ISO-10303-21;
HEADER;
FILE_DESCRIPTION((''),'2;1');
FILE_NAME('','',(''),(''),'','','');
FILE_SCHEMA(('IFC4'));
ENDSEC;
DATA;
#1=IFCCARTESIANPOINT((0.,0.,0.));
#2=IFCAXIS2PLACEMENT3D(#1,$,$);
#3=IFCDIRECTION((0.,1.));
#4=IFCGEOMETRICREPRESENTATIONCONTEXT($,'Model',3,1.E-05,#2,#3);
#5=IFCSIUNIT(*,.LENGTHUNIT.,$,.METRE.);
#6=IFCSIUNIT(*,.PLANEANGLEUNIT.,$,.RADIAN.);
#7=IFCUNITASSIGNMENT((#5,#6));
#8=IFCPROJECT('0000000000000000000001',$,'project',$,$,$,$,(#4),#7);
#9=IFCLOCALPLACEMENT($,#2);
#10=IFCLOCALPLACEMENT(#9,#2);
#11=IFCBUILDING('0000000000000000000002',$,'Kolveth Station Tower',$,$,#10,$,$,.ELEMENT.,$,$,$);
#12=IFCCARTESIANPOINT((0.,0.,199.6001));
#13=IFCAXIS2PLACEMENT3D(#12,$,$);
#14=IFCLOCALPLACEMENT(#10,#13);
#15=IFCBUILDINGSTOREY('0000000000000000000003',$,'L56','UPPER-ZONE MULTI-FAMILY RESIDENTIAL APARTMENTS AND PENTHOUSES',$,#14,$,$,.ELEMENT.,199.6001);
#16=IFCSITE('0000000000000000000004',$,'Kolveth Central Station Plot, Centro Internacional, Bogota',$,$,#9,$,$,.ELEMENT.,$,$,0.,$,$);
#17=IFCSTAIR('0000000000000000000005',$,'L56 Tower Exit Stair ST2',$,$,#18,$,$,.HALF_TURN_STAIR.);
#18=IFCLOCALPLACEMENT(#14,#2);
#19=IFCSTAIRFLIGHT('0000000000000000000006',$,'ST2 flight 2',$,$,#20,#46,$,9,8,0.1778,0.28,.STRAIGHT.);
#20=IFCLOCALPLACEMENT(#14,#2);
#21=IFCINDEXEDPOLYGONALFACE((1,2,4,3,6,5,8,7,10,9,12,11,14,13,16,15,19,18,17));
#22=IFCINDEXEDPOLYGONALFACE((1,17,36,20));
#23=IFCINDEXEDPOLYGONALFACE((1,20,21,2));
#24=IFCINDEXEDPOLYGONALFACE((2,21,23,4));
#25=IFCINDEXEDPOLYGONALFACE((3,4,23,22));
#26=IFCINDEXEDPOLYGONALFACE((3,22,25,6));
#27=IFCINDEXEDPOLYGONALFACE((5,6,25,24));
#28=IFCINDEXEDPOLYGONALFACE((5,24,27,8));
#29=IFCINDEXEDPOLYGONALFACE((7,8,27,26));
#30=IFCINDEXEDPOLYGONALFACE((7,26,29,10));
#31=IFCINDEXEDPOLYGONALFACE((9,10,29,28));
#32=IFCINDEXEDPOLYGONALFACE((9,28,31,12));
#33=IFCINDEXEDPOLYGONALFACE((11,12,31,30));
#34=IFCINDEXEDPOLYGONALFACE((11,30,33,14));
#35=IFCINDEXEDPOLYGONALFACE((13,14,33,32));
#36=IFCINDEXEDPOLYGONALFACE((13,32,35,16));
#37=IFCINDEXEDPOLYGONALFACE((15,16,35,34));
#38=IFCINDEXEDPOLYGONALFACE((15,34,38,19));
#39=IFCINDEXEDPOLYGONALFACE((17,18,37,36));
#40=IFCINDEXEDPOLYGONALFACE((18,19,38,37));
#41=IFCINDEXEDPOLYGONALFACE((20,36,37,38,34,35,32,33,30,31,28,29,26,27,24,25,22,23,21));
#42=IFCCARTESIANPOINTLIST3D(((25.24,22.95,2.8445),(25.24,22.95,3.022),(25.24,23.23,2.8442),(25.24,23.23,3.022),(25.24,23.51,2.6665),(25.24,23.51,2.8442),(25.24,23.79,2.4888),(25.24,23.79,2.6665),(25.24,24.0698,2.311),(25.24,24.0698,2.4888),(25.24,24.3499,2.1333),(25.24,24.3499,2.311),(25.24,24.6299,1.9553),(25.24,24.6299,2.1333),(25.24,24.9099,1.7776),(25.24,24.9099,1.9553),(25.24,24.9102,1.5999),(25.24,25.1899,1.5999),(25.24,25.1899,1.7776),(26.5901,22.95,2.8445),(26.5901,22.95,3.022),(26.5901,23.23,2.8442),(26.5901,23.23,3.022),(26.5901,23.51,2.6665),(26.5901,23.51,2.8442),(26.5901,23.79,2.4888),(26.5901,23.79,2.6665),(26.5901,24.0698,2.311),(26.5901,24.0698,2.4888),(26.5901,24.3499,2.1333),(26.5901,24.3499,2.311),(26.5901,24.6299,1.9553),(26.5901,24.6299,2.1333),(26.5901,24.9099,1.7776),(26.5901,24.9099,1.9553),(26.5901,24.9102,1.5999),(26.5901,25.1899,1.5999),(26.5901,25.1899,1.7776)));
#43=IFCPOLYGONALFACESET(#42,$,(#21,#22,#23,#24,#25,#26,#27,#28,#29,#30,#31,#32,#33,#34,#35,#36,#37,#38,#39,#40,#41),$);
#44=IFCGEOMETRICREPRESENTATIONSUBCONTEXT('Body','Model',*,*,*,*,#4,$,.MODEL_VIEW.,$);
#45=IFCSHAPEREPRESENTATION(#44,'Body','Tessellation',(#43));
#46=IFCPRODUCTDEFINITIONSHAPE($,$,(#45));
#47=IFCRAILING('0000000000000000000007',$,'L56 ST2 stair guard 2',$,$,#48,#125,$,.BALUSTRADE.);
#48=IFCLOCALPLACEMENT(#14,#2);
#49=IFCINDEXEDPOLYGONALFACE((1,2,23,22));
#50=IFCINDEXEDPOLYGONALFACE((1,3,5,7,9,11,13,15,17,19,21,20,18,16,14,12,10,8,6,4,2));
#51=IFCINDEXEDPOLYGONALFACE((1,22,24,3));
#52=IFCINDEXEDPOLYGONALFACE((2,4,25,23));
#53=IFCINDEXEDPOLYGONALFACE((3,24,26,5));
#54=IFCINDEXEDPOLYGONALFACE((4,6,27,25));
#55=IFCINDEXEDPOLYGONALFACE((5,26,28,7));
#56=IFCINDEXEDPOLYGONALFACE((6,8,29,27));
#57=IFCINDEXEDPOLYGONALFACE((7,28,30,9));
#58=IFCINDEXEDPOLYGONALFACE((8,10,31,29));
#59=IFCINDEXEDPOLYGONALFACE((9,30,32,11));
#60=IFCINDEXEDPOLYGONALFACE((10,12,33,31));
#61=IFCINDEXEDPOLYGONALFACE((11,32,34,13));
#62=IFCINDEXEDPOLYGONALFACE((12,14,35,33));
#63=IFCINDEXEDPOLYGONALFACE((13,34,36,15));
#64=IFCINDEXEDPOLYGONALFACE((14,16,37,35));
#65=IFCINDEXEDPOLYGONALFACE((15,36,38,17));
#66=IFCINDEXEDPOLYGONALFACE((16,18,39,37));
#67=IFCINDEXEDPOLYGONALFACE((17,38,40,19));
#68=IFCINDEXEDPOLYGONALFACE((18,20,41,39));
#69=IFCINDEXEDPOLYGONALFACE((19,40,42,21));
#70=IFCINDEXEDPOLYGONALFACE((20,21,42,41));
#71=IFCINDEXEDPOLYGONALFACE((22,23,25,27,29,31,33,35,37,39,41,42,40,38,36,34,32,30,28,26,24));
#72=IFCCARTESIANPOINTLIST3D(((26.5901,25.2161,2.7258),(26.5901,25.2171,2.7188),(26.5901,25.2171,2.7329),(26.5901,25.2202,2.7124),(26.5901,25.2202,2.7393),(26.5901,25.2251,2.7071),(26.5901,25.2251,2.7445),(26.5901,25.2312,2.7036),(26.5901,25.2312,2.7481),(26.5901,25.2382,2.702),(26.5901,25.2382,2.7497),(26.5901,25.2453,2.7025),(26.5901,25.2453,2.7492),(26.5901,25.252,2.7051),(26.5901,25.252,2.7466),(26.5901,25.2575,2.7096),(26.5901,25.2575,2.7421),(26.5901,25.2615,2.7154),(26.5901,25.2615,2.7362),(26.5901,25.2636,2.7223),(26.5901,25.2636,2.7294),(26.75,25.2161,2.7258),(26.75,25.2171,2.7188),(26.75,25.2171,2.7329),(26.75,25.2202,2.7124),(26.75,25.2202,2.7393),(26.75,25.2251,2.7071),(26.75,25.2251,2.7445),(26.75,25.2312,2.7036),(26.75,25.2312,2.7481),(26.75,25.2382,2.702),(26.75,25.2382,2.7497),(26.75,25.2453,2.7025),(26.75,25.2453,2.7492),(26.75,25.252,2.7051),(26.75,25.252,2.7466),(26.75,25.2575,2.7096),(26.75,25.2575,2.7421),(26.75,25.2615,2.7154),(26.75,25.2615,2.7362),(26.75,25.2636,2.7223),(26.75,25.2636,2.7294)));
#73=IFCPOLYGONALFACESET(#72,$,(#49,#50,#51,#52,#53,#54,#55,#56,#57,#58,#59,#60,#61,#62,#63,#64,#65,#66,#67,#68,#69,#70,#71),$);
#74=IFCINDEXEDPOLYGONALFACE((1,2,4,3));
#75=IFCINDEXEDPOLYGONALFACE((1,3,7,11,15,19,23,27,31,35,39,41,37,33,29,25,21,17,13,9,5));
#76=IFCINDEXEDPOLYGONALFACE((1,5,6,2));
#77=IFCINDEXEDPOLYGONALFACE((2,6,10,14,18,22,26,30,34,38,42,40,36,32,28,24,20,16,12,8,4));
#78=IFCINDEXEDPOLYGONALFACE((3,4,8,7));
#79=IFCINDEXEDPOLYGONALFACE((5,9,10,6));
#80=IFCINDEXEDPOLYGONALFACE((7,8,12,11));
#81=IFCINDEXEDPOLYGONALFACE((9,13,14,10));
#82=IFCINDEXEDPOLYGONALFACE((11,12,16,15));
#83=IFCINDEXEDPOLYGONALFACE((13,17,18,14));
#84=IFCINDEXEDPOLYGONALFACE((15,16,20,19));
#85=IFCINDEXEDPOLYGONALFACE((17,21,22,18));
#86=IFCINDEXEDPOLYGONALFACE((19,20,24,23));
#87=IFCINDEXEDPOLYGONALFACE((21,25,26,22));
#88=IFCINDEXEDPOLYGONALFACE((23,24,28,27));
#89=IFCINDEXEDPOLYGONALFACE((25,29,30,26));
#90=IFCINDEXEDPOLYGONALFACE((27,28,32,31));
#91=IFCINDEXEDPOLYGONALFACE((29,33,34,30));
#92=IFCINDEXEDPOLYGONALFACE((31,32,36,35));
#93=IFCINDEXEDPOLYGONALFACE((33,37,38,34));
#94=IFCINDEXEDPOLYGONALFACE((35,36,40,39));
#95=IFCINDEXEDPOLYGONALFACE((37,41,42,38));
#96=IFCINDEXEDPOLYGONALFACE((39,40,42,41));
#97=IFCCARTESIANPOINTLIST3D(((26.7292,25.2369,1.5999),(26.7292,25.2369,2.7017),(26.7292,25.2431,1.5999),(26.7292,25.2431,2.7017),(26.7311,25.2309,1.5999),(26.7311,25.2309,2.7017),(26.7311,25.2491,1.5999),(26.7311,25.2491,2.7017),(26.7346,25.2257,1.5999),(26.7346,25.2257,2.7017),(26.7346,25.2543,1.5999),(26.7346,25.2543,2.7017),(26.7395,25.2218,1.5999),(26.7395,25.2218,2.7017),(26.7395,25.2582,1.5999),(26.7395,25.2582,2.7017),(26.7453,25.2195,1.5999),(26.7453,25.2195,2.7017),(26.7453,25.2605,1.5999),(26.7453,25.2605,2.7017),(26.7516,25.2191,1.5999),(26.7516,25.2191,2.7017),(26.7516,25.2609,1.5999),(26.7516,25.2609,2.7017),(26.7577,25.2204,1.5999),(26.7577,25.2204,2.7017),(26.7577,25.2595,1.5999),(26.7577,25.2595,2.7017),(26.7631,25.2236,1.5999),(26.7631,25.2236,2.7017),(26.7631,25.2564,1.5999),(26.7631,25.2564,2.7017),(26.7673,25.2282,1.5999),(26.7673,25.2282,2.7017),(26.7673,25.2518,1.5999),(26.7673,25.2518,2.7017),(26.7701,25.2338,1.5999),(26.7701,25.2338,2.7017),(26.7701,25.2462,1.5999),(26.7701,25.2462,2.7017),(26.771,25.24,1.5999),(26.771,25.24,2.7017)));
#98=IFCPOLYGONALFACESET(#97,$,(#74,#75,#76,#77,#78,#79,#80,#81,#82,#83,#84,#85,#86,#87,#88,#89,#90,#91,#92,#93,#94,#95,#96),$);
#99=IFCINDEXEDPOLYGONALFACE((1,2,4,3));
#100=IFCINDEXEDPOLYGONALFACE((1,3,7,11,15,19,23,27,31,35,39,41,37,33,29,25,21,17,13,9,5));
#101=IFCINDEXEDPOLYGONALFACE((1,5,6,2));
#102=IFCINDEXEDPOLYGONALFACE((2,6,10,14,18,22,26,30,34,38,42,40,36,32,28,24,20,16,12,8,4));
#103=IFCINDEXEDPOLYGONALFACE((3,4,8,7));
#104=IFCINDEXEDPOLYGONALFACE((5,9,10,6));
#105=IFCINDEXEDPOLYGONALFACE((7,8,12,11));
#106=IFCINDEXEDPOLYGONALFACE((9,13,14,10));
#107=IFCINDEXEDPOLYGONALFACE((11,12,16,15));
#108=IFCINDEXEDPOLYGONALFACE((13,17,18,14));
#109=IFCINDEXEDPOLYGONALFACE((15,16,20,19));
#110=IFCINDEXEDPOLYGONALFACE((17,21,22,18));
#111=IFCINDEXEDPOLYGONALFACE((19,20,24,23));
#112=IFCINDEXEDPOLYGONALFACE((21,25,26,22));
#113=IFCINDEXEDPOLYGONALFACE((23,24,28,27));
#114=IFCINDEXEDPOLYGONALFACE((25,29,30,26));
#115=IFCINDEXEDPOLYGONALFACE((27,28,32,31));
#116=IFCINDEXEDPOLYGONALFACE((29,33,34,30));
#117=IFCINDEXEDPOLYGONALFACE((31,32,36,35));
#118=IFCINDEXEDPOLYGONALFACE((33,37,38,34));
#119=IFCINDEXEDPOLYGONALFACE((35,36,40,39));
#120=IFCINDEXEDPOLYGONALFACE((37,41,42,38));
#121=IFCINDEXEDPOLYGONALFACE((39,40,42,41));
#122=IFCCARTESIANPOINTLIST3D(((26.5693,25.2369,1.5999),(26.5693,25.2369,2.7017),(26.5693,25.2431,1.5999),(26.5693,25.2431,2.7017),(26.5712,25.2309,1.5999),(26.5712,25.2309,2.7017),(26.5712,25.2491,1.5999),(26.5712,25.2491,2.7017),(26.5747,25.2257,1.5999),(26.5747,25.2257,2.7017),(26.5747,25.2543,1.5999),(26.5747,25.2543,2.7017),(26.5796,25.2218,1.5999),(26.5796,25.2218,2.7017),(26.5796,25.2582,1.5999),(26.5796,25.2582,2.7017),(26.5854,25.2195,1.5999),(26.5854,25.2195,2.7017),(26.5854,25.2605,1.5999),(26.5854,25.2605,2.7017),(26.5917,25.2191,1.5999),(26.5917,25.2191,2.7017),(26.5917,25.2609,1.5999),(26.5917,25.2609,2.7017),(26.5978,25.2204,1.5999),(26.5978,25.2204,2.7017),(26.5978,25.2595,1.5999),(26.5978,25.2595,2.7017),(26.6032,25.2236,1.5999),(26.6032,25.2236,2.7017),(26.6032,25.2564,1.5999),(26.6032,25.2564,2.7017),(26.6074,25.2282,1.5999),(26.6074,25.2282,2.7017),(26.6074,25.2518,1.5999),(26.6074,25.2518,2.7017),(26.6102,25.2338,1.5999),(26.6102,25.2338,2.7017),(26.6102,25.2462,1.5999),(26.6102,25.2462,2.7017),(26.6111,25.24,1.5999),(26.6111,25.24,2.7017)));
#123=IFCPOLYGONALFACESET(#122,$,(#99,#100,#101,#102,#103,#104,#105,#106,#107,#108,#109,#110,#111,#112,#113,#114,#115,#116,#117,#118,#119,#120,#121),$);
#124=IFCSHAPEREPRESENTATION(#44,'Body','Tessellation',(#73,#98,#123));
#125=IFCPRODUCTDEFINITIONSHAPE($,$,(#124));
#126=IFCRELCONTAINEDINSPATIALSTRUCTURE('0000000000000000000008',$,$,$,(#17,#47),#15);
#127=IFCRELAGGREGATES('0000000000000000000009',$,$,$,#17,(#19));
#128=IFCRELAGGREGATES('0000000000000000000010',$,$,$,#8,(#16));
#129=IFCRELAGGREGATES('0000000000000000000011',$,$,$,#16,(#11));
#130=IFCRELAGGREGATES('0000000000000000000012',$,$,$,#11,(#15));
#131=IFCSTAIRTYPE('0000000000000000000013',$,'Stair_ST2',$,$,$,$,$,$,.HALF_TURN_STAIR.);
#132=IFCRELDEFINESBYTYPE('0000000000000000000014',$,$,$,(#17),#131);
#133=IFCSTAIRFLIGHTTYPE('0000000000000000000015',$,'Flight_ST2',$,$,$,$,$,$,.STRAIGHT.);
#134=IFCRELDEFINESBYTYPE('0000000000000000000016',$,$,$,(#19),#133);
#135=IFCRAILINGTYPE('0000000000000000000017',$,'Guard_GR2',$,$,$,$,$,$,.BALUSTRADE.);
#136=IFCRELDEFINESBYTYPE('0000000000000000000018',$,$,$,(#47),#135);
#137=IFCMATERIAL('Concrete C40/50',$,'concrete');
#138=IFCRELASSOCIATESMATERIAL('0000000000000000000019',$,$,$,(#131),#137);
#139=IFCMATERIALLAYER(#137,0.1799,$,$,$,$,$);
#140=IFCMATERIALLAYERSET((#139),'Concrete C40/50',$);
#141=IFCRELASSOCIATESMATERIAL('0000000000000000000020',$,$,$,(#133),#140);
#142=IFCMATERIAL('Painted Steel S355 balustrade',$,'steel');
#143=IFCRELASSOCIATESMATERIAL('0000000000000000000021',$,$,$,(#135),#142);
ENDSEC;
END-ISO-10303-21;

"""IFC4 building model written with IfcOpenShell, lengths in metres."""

from ifc_helpers import new_model, si_unit, direction, frame, origin, origin_2d, place, context, subcontext, project, spatial, polyline, circle, outline, extrude, material, layer, layer_set, type_object, element, aggregate, save


model = new_model("IFC4")

# Units and contexts
model_context = context("Model", 3, precision=1e-05, world=origin(), true_north=direction((0.0, 1.0)))
body_context = subcontext(model_context, "Body", "Model", "MODEL_VIEW")
ifc_project = project(units=[si_unit("LENGTHUNIT", "METRE"), si_unit("PLANEANGLEUNIT", "RADIAN")], contexts=[model_context])

# Site, building, storey
site_placement = place(None, origin())
site = spatial("IfcSite", under=ifc_project, at=site_placement, Name="Kolveth Central Station Plot, Centro Internacional, Bogota", CompositionType="ELEMENT", RefElevation=0.0)
building_placement = place(site_placement, origin())
building = spatial("IfcBuilding", under=site, at=building_placement, Name="Kolveth Station Tower", CompositionType="ELEMENT")
storey_placement = place(building_placement, frame((0.0, 0.0, 199.6001)))
storey = spatial("IfcBuildingStorey", under=building, at=storey_placement, Name="L56", Description="UPPER-ZONE MULTI-FAMILY RESIDENTIAL APARTMENTS AND PENTHOUSES", CompositionType="ELEMENT", Elevation=199.6001)

# Stair, stair flight
ifc_material_1 = material(Name="Concrete C40/50", Category="concrete")
stair_type = type_object("IfcStairType", Name="Stair_ST2", PredefinedType="HALF_TURN_STAIR", material=ifc_material_1)
stair_placement = place(storey_placement, origin())
stair = element("IfcStair", 1, at=stair_placement, inside=storey, type_object=stair_type, Name="L56 Tower Exit Stair ST2", PredefinedType="HALF_TURN_STAIR")
ifc_layer_1 = layer(ifc_material_1, 0.1799)
ifc_layer_set_1 = layer_set([ifc_layer_1], Name="Concrete C40/50")
stair_flight_type = type_object("IfcStairFlightType", Name="Flight_ST2", PredefinedType="STRAIGHT", material=ifc_layer_set_1)
stair_flight_placement = place(storey_placement, frame((25.915, 25.1899, 1.5999), z_axis=(0.0, 0.0, 1.0), x_axis=(0.0, -1.0, 0.0)))
stair_flight = element("IfcStairFlight", 2, at=stair_flight_placement, type_object=stair_flight_type, Name="ST2 flight 2", NumberOfRisers=9, NumberOfTreads=8, PredefinedType="STRAIGHT", RiserHeight=0.1778, TreadLength=0.28, context=body_context, shape_type="SweptSolid", body=[
    extrude(outline(polyline([(0.0, 0.0), (0.0, 0.1777), (0.28, 0.1777), (0.28, 0.3555), (0.5601, 0.3555), (0.5601, 0.5334), (0.8401, 0.5334), (0.8401, 0.7112), (1.1201, 0.7112), (1.1201, 0.8889), (1.3999, 0.8889), (1.3999, 1.0667), (1.6799, 1.0667), (1.6799, 1.2444), (1.96, 1.2444), (1.96, 1.4221), (2.24, 1.4221), (2.24, 1.6001), (2.24, 1.2446), (0.2798, 0.0), (0.0, 0.0)])), frame((0.0, 0.675, 0.0), z_axis=(0.0, -1.0, 0.0), x_axis=(1.0, 0.0, 0.0)), (0.0, 0.0, 1.0), 1.3501),
])
aggregate(stair, [stair_flight])

# Railing
ifc_material_2 = material(Name="Painted Steel S355 balustrade", Category="steel")
railing_type_1 = type_object("IfcRailingType", Name="Guard_GR2", PredefinedType="BALUSTRADE", material=ifc_material_2)
railing_1_placement = place(storey_placement, frame((26.75, 25.24, 1.5999)))
element("IfcRailing", 3, at=railing_1_placement, inside=storey, type_object=railing_type_1, Name="L56 ST2 stair guard 2", PredefinedType="BALUSTRADE", context=body_context, shape_type="SweptSolid", body=[
    extrude(circle(Radius=0.0239, at=origin_2d()), frame((0.0, 0.0, 1.126), z_axis=(-1.0, 0.0, 0.0), x_axis=(0.0, -1.0, 0.0)), (0.0, 0.0, 1.0), 0.1599),
    extrude(circle(Radius=0.021, at=origin_2d()), origin(), (0.0, 0.0, 1.0), 1.1018),
    extrude(circle(Radius=0.021, at=origin_2d()), frame((-0.1599, 0.0, 0.0)), (0.0, 0.0, 1.0), 1.1018),
])

save(model, "model.ifc")
